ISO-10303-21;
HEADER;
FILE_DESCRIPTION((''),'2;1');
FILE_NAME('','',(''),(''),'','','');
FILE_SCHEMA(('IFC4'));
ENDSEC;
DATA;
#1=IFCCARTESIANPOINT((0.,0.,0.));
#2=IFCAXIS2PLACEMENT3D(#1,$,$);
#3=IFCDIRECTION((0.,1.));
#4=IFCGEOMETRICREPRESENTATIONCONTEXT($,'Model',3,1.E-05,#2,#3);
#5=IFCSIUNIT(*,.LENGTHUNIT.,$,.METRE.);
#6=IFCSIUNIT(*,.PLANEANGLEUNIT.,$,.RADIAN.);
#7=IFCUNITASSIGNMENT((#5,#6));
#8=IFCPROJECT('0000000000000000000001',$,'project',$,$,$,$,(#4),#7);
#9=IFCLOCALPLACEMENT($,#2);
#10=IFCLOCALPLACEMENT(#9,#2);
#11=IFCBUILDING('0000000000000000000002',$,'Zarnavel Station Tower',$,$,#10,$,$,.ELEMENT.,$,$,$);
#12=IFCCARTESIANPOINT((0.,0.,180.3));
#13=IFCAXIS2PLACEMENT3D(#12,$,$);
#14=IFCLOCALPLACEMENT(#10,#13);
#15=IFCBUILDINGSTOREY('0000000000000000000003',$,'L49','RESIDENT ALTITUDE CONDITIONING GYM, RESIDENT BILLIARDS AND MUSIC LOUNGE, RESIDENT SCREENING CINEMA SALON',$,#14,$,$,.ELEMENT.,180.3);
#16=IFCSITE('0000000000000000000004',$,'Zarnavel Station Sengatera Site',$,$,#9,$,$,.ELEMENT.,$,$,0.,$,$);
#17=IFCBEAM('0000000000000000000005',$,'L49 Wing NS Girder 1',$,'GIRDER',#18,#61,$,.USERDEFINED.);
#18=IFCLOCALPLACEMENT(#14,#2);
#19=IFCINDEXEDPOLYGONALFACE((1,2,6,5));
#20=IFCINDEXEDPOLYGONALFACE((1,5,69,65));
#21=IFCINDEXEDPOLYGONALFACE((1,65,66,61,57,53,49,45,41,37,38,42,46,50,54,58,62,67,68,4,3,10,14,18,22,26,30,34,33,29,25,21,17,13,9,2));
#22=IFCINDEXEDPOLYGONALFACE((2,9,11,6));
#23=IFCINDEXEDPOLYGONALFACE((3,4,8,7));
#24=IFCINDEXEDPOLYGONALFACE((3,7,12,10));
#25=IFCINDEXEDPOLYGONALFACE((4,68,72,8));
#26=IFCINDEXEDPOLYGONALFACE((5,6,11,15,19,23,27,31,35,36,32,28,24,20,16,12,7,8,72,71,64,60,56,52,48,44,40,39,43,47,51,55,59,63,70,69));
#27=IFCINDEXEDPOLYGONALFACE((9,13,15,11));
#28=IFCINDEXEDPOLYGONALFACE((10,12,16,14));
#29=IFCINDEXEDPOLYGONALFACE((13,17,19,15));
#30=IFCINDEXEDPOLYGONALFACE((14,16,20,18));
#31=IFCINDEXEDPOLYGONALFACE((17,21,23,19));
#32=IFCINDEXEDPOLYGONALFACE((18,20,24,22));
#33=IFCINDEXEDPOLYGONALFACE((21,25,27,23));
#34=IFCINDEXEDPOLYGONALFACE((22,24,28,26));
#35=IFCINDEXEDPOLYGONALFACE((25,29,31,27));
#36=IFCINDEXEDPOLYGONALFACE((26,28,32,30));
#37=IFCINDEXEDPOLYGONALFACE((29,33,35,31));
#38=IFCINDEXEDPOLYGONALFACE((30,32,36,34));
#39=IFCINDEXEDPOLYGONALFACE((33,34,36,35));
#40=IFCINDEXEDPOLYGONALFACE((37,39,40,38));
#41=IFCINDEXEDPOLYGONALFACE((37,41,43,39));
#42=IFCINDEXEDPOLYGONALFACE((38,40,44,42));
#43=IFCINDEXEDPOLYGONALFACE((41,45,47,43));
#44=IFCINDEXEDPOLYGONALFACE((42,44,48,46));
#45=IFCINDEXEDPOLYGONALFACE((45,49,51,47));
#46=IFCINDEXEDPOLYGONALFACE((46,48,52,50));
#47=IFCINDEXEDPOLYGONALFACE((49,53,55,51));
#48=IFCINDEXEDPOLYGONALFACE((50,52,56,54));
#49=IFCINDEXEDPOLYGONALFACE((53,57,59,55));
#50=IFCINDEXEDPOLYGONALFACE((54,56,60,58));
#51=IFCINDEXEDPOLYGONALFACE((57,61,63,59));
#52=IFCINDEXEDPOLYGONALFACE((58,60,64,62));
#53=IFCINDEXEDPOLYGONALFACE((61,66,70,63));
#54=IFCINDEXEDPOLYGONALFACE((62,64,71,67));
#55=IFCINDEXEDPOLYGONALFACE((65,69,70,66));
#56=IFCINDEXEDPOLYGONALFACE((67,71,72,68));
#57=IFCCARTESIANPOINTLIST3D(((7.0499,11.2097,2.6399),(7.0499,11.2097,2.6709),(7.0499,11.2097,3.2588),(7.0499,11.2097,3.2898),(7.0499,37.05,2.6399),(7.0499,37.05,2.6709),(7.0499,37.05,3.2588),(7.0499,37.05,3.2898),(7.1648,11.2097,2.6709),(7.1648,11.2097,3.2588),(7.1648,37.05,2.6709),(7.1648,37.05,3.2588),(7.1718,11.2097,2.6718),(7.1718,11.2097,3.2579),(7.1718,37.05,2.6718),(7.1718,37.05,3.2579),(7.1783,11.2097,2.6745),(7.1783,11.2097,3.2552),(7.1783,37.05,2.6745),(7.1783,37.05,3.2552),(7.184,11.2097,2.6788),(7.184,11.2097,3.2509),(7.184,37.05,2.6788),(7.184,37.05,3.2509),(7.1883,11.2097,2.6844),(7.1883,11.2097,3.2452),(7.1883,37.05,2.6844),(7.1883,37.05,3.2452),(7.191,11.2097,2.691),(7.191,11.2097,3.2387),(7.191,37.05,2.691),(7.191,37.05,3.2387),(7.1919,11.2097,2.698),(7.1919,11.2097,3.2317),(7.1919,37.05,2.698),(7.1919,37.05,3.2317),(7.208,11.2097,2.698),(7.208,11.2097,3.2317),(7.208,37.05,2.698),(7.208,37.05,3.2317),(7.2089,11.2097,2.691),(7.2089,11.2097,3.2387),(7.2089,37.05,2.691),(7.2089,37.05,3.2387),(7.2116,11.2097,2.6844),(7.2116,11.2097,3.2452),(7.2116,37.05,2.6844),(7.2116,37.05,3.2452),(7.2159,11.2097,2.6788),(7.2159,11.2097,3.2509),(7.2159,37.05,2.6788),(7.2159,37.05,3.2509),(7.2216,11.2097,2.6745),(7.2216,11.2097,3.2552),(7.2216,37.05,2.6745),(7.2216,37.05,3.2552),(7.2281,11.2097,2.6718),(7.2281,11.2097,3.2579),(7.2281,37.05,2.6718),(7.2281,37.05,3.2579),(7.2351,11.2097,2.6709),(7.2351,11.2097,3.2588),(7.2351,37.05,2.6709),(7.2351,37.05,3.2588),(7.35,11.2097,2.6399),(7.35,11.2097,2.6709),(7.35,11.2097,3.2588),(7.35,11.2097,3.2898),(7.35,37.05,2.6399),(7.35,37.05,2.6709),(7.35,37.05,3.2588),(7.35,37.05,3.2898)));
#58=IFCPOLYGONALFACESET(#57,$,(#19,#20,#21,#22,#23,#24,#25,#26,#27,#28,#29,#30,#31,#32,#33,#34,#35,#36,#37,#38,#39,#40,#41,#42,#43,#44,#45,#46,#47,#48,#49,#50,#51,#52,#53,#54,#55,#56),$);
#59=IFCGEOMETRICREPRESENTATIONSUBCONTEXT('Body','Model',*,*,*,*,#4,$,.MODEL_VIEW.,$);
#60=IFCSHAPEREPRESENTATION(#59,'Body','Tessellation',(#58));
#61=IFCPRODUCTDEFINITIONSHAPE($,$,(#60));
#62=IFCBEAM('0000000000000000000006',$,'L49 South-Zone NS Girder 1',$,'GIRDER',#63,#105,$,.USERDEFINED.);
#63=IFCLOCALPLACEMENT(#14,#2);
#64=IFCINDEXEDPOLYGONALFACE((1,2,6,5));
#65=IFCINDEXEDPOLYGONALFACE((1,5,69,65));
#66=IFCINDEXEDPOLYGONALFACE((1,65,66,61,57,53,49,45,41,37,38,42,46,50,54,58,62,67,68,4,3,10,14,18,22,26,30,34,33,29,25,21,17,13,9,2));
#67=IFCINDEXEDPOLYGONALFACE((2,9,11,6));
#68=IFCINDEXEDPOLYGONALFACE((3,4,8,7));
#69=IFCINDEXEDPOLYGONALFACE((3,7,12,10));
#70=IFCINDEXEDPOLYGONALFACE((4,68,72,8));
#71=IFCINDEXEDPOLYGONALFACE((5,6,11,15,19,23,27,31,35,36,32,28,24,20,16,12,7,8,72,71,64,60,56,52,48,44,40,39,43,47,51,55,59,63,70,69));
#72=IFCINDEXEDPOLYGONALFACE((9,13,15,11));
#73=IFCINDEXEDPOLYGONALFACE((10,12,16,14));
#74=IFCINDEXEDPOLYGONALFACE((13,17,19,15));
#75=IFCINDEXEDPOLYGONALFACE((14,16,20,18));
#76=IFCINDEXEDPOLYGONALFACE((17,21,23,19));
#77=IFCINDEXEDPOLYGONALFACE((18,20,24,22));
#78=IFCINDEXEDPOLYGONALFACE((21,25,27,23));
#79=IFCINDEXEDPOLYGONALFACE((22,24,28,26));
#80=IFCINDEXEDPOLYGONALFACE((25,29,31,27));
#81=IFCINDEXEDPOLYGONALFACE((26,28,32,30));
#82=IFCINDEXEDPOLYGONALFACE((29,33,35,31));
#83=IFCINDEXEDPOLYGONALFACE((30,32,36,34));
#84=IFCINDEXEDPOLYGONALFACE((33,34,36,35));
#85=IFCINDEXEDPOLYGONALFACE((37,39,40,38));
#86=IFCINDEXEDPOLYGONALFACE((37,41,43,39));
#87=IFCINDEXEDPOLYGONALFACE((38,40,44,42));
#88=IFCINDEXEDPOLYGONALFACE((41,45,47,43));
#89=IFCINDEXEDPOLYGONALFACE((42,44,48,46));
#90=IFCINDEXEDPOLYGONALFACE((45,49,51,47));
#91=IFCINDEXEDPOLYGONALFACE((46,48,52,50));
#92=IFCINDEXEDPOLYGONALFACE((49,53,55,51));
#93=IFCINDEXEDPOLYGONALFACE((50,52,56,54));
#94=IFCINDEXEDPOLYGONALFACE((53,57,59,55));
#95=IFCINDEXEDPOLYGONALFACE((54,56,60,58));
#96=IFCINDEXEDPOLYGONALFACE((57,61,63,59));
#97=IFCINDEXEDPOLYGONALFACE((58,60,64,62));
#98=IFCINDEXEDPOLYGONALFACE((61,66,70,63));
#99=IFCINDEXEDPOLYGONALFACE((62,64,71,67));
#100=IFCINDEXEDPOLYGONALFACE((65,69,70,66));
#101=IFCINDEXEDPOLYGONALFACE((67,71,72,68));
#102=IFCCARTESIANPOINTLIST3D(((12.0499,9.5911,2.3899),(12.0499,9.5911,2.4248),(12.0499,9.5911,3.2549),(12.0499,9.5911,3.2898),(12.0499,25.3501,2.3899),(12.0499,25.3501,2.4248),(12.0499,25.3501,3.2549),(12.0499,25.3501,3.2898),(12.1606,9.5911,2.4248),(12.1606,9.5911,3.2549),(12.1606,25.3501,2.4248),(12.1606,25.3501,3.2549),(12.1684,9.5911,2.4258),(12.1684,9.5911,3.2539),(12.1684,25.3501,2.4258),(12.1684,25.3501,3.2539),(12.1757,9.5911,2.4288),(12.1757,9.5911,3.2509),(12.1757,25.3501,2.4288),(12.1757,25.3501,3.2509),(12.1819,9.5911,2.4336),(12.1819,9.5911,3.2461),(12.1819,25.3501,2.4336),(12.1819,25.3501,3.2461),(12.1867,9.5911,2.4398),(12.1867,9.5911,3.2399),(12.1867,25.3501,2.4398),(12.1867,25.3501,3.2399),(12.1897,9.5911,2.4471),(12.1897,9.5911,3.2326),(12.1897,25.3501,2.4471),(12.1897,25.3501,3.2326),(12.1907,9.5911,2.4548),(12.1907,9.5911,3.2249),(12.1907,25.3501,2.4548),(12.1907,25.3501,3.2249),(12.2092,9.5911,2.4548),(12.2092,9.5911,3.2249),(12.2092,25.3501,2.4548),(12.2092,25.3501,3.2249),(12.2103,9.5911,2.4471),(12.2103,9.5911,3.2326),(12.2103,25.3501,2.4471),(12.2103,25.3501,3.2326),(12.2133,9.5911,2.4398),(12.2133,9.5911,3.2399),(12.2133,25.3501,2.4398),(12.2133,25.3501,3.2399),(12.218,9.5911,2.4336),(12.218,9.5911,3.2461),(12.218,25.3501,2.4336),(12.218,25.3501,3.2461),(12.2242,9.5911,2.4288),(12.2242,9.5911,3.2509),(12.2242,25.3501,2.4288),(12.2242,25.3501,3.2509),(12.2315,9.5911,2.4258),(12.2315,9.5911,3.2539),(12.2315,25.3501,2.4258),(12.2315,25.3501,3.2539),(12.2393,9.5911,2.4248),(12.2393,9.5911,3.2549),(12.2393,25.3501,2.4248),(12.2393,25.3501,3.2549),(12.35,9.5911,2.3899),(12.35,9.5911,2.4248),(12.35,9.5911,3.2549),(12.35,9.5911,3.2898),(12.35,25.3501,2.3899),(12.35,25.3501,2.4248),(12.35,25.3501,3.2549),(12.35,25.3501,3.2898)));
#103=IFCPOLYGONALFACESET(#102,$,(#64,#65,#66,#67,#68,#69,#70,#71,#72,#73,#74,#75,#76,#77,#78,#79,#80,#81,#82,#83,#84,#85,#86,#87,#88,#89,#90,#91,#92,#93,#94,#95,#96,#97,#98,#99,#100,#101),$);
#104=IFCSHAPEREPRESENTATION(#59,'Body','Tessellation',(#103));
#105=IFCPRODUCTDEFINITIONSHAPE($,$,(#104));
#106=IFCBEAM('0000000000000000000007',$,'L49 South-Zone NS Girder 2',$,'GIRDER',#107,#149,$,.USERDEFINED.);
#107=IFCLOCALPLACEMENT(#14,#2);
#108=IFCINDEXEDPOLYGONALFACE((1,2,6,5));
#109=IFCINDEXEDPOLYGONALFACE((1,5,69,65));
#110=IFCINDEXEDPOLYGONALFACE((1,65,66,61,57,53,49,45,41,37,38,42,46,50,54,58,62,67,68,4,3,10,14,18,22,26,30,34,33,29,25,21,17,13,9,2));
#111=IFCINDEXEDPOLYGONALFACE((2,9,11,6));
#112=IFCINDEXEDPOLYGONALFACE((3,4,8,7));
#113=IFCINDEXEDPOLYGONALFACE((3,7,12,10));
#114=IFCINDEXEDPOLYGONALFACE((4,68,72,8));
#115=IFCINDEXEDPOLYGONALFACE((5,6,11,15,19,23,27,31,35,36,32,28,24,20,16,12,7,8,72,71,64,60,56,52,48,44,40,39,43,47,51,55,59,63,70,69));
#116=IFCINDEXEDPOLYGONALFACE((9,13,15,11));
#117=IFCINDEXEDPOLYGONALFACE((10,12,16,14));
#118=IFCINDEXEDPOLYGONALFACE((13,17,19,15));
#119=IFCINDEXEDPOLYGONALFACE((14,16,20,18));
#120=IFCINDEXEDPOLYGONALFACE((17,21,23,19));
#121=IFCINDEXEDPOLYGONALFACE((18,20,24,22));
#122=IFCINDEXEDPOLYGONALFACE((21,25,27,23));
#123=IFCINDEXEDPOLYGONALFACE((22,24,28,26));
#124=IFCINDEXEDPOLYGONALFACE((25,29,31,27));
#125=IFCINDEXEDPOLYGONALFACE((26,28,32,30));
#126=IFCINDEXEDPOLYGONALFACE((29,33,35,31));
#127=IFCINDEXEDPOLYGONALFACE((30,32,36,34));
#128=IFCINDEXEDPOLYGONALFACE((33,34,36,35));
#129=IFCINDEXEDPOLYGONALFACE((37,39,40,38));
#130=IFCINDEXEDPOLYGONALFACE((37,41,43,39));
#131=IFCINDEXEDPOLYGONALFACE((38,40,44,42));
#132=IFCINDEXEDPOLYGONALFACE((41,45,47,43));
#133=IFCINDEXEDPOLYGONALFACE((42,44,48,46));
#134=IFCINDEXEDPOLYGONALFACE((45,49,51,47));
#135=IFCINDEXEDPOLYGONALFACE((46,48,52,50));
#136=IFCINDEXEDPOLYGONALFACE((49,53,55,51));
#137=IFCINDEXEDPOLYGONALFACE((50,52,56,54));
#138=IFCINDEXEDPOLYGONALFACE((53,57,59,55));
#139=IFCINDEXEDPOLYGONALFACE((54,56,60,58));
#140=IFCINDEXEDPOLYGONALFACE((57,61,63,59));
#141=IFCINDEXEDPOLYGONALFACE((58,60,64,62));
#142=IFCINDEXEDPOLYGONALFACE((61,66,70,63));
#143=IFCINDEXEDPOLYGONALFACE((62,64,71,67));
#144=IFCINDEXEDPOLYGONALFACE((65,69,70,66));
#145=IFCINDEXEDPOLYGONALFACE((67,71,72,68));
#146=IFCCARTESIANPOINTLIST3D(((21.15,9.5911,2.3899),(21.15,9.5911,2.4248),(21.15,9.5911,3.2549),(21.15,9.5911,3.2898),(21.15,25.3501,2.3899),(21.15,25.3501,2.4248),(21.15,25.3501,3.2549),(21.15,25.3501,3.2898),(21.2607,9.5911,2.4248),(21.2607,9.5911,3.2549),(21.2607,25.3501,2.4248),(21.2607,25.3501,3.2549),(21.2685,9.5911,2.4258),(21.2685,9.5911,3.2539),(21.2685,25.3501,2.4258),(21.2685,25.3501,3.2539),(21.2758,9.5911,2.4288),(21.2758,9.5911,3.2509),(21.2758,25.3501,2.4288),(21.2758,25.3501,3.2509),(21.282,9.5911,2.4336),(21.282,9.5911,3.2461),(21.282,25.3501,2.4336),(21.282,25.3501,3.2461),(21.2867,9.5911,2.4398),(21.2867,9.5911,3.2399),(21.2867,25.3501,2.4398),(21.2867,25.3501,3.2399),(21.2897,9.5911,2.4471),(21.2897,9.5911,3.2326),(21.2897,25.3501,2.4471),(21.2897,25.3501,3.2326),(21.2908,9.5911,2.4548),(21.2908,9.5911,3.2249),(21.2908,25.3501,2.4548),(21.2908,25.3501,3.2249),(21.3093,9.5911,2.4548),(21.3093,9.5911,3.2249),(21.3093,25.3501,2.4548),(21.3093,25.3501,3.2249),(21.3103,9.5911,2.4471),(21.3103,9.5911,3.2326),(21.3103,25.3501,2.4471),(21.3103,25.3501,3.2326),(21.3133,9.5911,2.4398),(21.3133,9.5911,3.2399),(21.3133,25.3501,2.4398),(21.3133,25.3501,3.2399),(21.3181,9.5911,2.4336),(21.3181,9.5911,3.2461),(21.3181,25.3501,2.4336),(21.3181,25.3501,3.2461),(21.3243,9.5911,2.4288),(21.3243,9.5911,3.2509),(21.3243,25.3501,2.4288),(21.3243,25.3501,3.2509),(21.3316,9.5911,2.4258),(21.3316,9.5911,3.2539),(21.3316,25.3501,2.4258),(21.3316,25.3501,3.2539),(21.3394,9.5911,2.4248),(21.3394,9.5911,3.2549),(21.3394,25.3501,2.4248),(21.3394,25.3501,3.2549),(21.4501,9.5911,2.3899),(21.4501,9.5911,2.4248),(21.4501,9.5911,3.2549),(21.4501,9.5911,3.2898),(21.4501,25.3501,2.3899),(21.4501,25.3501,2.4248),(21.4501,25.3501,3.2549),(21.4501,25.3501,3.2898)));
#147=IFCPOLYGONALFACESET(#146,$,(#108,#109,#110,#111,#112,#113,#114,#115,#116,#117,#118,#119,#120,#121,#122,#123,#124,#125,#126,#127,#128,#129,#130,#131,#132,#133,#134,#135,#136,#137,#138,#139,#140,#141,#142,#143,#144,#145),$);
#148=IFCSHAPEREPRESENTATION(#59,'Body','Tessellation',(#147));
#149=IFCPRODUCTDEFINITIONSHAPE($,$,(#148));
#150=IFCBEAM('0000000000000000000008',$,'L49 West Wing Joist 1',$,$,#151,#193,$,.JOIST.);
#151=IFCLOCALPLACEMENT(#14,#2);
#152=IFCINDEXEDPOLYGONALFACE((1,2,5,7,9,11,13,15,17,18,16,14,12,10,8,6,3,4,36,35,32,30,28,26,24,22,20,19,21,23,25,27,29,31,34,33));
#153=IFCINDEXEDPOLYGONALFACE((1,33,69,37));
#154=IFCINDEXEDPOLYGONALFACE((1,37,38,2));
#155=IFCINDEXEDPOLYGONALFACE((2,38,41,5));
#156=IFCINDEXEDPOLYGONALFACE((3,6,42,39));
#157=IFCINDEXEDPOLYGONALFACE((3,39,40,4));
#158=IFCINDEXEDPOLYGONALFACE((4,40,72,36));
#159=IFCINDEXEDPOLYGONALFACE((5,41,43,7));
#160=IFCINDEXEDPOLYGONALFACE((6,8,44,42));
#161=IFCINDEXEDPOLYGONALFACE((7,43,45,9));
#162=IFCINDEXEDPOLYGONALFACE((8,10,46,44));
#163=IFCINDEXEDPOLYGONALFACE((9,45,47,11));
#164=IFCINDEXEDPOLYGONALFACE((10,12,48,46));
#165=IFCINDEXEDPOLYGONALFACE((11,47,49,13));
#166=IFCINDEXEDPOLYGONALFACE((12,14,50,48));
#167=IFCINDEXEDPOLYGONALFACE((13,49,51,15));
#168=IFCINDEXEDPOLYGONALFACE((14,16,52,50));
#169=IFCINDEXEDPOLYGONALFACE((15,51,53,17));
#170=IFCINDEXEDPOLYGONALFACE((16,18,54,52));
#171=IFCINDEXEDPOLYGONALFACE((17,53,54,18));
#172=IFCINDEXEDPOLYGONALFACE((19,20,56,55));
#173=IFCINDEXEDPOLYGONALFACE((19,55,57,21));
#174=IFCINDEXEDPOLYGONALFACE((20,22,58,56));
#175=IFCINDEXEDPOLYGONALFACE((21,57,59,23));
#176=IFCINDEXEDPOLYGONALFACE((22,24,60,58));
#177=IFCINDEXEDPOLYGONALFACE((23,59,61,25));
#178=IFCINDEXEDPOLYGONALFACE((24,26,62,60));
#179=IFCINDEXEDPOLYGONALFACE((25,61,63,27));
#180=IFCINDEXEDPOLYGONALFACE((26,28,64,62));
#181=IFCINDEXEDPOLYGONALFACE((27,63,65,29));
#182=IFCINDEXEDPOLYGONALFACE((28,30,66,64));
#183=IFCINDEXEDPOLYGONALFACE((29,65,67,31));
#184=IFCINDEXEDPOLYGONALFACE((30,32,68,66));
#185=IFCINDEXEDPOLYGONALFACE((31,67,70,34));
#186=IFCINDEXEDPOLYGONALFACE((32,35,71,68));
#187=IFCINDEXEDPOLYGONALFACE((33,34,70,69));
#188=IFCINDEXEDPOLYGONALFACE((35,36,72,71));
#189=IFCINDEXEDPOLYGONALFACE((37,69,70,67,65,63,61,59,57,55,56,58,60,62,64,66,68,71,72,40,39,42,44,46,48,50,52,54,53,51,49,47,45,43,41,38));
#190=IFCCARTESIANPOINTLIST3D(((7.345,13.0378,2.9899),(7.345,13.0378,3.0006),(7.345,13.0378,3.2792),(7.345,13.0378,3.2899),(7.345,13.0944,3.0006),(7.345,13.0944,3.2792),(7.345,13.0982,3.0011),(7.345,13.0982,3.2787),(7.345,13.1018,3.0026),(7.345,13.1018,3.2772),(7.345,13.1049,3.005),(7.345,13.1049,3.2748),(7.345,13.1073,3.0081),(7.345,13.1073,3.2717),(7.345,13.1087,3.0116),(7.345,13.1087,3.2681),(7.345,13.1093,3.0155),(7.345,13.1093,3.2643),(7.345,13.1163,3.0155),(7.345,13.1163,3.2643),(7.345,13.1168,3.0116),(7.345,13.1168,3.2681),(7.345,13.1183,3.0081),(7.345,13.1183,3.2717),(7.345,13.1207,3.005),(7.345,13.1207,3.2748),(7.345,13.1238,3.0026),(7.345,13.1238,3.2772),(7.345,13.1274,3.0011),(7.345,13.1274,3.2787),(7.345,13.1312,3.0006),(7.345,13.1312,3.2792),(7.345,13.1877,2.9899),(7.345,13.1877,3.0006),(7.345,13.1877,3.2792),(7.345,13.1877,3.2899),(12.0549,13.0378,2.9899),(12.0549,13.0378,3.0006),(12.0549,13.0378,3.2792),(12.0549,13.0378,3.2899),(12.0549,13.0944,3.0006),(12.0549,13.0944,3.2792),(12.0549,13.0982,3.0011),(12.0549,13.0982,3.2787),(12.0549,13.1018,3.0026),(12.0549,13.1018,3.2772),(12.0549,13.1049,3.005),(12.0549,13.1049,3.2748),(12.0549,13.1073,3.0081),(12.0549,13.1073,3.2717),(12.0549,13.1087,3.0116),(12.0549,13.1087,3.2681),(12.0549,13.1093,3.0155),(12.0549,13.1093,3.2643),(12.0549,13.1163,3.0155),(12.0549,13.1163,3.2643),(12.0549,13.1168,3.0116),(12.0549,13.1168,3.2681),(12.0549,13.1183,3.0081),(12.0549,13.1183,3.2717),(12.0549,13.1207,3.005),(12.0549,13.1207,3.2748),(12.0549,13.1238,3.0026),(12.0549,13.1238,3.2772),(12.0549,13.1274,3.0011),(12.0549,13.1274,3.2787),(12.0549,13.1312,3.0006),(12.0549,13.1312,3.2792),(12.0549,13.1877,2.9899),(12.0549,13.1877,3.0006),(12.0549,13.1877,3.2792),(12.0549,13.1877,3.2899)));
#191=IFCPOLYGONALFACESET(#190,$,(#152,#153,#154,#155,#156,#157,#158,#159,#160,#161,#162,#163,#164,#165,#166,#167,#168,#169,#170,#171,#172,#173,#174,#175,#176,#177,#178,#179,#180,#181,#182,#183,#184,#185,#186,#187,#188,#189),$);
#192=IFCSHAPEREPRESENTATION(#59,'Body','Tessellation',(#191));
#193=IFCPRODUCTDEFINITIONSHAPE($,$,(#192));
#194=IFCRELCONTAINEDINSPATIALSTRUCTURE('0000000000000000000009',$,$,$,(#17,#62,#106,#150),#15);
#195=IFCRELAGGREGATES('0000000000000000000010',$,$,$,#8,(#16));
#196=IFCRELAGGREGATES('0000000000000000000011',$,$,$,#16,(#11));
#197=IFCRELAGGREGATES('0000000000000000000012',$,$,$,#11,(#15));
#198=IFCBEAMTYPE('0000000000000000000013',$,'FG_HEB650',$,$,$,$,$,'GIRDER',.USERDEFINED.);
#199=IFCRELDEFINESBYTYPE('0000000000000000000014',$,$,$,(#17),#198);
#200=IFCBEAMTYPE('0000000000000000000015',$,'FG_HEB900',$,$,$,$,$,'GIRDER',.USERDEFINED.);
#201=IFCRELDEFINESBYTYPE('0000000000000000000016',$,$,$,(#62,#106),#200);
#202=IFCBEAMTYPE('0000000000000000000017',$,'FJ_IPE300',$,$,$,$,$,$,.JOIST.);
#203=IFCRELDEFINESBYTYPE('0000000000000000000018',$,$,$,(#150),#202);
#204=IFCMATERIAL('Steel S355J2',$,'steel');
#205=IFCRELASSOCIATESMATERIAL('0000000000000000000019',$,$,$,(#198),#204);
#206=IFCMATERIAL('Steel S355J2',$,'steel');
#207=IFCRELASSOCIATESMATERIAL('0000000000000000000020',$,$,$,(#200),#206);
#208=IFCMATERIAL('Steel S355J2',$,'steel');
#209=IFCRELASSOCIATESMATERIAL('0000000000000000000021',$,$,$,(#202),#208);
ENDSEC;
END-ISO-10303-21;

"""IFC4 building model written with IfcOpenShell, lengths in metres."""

from ifc_helpers import new_model, si_unit, direction, frame, origin, origin_2d, place, context, subcontext, project, spatial, i_section, extrude, material, material_profile, profile_set, type_object, element, save


model = new_model("IFC4")

# Units and contexts
model_context = context("Model", 3, precision=1e-05, world=origin(), true_north=direction((0.0, 1.0)))
body_context = subcontext(model_context, "Body", "Model", "MODEL_VIEW")
ifc_project = project(units=[si_unit("LENGTHUNIT", "METRE"), si_unit("PLANEANGLEUNIT", "RADIAN")], contexts=[model_context])

# Site, building, storey
site_placement = place(None, origin())
site = spatial("IfcSite", under=ifc_project, at=site_placement, Name="Zarnavel Station Sengatera Site", CompositionType="ELEMENT", RefElevation=0.0)
building_placement = place(site_placement, origin())
building = spatial("IfcBuilding", under=site, at=building_placement, Name="Zarnavel Station Tower", CompositionType="ELEMENT")
storey_placement = place(building_placement, frame((0.0, 0.0, 180.3)))
storey = spatial("IfcBuildingStorey", under=building, at=storey_placement, Name="L49", Description="RESIDENT ALTITUDE CONDITIONING GYM, RESIDENT BILLIARDS AND MUSIC LOUNGE, RESIDENT SCREENING CINEMA SALON", CompositionType="ELEMENT", Elevation=180.3)

# Beams
ifc_material_1 = material(Name="Steel S355J2", Category="steel")
ifc_material_profile_1 = material_profile(ifc_material_1, i_section(OverallWidth=0.3, OverallDepth=0.6499, WebThickness=0.0161, FlangeThickness=0.031, FilletRadius=0.0271, at=origin_2d()), Name="HEB650")
ifc_profile_set_1 = profile_set([ifc_material_profile_1], Name="Steel S355J2")
beam_type_1 = type_object("IfcBeamType", Name="FG_HEB650", ElementType="GIRDER", PredefinedType="USERDEFINED", material=ifc_profile_set_1)
beam_1_placement = place(storey_placement, frame((7.2, 11.2097, 2.9648), z_axis=(0.0, 1.0, 0.0), x_axis=(-1.0, 0.0, 0.0)))
element("IfcBeam", 1, at=beam_1_placement, inside=storey, type_object=beam_type_1, Name="L49 Wing NS Girder 1", ObjectType="GIRDER", PredefinedType="USERDEFINED", context=body_context, shape_type="SweptSolid", body=[
    extrude(i_section(OverallWidth=0.3, OverallDepth=0.6499, WebThickness=0.0161, FlangeThickness=0.031, FilletRadius=0.0271, at=origin_2d()), origin(), (0.0, 0.0, 1.0), 25.8403),
])
ifc_material_2 = material(Name="Steel S355J2", Category="steel")
ifc_material_profile_2 = material_profile(ifc_material_2, i_section(OverallWidth=0.3, OverallDepth=0.8999, WebThickness=0.0186, FlangeThickness=0.0349, FilletRadius=0.03, at=origin_2d()), Name="HEB900")
ifc_profile_set_2 = profile_set([ifc_material_profile_2], Name="Steel S355J2")
beam_type_2 = type_object("IfcBeamType", Name="FG_HEB900", ElementType="GIRDER", PredefinedType="USERDEFINED", material=ifc_profile_set_2)
for number, where, z_axis, x_axis, name in (
    (2, (12.2, 9.5911, 2.8398), (0.0, 1.0, 0.0), (-1.0, 0.0, 0.0), "L49 South-Zone NS Girder 1"),
    (3, (21.3, 9.5911, 2.8398), (0.0, 1.0, 0.0), (-1.0, 0.0, 0.0), "L49 South-Zone NS Girder 2"),
):
    element("IfcBeam", number, at=place(storey_placement, frame(where, z_axis=z_axis, x_axis=x_axis)), inside=storey, type_object=beam_type_2, Name=name, ObjectType="GIRDER", PredefinedType="USERDEFINED", context=body_context, shape_type="SweptSolid", body=[
        extrude(i_section(OverallWidth=0.3, OverallDepth=0.8999, WebThickness=0.0186, FlangeThickness=0.0349, FilletRadius=0.03, at=origin_2d()), origin(), (0.0, 0.0, 1.0), 15.759),
    ])
ifc_material_3 = material(Name="Steel S355J2", Category="steel")
ifc_material_profile_3 = material_profile(ifc_material_3, i_section(OverallWidth=0.1499, OverallDepth=0.3, WebThickness=0.0071, FlangeThickness=0.0107, FilletRadius=0.0149, at=origin_2d()), Name="IPE300")
ifc_profile_set_3 = profile_set([ifc_material_profile_3], Name="Steel S355J2")
beam_type_3 = type_object("IfcBeamType", Name="FJ_IPE300", PredefinedType="JOIST", material=ifc_profile_set_3)
for number, where, z_axis, x_axis, name in (
    (4, (7.345, 13.1128, 3.1399), (1.0, 0.0, 0.0), (0.0, 1.0, 0.0), "L49 West Wing Joist 1"),
):
    element("IfcBeam", number, at=place(storey_placement, frame(where, z_axis=z_axis, x_axis=x_axis)), inside=storey, type_object=beam_type_3, Name=name, PredefinedType="JOIST", context=body_context, shape_type="SweptSolid", body=[
        extrude(i_section(OverallWidth=0.1499, OverallDepth=0.3, WebThickness=0.0071, FlangeThickness=0.0107, FilletRadius=0.0149, at=origin_2d()), origin(), (0.0, 0.0, 1.0), 4.71),
    ])

save(model, "model.ifc")
